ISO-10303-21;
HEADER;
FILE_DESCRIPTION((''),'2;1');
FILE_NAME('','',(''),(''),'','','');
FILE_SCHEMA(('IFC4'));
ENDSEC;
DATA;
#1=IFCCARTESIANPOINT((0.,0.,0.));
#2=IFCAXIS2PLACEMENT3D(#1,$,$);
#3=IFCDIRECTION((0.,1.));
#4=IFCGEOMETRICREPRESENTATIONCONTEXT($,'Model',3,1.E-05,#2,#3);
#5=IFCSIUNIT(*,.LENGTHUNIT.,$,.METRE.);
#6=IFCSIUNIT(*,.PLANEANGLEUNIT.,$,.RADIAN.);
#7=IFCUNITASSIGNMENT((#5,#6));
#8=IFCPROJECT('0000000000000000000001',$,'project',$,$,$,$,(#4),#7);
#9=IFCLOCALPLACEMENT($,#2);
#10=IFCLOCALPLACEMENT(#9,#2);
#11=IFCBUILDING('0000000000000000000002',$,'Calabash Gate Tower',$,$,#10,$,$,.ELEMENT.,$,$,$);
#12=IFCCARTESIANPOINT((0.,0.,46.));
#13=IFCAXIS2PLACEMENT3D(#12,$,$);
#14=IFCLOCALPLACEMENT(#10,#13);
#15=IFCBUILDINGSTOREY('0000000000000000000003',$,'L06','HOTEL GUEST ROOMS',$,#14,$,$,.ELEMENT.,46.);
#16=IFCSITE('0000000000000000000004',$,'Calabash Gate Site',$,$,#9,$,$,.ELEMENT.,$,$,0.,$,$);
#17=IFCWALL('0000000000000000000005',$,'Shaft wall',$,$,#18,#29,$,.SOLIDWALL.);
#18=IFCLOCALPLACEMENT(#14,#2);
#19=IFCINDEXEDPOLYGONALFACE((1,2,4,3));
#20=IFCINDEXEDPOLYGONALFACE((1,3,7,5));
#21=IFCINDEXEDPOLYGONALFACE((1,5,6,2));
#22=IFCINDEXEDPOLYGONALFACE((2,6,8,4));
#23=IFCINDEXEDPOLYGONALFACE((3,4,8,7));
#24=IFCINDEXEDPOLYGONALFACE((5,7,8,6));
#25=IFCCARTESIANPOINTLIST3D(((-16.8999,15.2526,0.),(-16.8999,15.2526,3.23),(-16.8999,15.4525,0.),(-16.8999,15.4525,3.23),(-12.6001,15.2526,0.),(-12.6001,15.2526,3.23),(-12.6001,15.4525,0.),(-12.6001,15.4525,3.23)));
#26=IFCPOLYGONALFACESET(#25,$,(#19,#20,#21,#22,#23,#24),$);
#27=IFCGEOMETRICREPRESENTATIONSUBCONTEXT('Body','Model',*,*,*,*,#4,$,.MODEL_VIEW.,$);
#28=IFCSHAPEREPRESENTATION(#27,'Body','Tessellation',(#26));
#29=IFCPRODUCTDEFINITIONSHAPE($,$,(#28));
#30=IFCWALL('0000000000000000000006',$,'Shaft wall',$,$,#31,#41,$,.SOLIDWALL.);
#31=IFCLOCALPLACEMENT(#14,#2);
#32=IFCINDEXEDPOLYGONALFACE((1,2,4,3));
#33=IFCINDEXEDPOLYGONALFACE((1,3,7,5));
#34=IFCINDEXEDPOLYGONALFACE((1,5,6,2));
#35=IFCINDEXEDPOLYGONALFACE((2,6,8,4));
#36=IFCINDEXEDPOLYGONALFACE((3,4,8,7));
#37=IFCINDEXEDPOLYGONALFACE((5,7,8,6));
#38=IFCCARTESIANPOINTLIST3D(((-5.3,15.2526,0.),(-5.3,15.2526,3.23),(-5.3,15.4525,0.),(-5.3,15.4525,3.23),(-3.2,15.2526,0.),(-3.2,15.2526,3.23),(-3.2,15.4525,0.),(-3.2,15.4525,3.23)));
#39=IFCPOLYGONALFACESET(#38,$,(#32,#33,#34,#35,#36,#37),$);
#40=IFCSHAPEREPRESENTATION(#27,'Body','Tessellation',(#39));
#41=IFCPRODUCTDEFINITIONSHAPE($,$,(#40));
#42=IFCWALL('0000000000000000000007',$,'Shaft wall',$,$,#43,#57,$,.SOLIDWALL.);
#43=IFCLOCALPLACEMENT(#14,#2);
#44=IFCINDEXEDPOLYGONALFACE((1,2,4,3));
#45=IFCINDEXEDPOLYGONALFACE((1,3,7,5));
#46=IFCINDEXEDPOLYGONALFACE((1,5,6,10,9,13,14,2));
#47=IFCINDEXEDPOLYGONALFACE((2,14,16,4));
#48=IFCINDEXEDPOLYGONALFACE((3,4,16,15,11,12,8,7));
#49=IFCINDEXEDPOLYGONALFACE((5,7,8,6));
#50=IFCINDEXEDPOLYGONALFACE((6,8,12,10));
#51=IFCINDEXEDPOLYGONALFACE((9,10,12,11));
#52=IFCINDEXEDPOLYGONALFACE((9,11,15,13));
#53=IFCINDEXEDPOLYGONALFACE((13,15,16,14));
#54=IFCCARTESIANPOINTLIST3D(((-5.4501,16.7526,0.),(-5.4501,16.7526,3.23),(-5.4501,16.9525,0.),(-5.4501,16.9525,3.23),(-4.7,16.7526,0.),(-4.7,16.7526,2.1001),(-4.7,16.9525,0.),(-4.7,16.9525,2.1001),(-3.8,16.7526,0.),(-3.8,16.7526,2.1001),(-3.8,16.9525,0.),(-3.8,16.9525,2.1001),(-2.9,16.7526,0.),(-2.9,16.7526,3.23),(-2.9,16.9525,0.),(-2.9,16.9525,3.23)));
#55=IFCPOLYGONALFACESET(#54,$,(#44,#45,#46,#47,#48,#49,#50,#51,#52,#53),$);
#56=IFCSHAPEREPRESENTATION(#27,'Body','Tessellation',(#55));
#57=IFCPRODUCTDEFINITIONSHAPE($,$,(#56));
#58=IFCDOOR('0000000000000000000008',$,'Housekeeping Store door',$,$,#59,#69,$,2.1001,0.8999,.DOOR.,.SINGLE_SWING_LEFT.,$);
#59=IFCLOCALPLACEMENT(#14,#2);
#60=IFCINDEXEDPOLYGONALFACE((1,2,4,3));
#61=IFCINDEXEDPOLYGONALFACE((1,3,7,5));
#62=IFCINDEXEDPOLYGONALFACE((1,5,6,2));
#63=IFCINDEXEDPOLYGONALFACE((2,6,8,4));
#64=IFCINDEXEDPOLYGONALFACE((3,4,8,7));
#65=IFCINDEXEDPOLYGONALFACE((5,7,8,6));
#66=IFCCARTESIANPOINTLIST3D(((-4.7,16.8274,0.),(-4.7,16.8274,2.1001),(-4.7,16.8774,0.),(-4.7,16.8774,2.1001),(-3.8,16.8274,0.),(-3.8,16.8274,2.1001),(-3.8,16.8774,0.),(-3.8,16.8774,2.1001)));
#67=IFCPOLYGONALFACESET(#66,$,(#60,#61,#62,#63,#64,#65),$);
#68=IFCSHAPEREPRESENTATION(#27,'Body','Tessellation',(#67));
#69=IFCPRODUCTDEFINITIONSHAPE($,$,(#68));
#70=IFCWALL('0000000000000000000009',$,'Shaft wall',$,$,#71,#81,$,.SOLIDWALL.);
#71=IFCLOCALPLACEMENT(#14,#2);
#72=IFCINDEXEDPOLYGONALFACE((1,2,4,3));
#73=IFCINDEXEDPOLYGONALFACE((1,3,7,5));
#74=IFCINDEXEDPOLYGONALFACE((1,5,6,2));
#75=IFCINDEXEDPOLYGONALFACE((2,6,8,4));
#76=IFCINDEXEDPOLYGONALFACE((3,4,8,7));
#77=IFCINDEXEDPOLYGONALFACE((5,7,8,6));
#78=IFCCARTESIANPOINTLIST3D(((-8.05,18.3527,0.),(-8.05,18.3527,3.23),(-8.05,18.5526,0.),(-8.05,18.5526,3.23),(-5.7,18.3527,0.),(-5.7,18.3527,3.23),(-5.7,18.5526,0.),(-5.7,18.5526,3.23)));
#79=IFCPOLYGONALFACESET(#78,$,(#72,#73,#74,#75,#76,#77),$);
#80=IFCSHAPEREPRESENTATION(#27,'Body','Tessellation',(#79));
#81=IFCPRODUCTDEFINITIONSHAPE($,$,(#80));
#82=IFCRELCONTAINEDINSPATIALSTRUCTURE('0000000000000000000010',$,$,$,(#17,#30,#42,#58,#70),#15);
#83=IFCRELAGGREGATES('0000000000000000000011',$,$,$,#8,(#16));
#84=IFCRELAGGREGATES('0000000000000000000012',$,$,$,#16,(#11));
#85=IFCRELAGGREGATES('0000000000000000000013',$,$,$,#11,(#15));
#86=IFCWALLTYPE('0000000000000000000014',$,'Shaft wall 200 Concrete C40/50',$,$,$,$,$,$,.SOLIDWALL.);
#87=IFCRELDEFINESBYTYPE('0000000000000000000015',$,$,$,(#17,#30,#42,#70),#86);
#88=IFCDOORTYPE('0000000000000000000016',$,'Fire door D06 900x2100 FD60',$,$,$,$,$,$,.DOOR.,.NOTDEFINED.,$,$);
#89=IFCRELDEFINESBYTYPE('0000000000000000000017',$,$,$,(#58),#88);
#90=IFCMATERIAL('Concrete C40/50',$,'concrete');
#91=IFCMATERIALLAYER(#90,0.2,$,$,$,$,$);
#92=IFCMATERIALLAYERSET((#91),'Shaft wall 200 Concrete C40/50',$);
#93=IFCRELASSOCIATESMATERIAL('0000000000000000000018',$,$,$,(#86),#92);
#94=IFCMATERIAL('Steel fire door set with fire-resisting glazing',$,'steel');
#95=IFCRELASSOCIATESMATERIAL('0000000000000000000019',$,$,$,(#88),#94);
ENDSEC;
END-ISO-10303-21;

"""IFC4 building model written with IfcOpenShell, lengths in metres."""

from ifc_helpers import new_model, si_unit, direction, frame, frame_2d, origin, place, context, subcontext, project, spatial, rectangle, extrude, material, layer, layer_set, type_object, element, fill, save


model = new_model("IFC4")

# Units and contexts
model_context = context("Model", 3, precision=1e-05, world=origin(), true_north=direction((0.0, 1.0)))
body_context = subcontext(model_context, "Body", "Model", "MODEL_VIEW")
ifc_project = project(units=[si_unit("LENGTHUNIT", "METRE"), si_unit("PLANEANGLEUNIT", "RADIAN")], contexts=[model_context])

# Site, building, storey
site_placement = place(None, origin())
site = spatial("IfcSite", under=ifc_project, at=site_placement, Name="Calabash Gate Site", CompositionType="ELEMENT", RefElevation=0.0)
building_placement = place(site_placement, origin())
building = spatial("IfcBuilding", under=site, at=building_placement, Name="Calabash Gate Tower", CompositionType="ELEMENT")
storey_placement = place(building_placement, frame((0.0, 0.0, 46.0)))
storey = spatial("IfcBuildingStorey", under=building, at=storey_placement, Name="L06", Description="HOTEL GUEST ROOMS", CompositionType="ELEMENT", Elevation=46.0)

# Shared definitions
ifc_material_1 = material(Name="Concrete C40/50", Category="concrete")
ifc_layer_1 = layer(ifc_material_1, 0.2)
ifc_layer_set_1 = layer_set([ifc_layer_1], Name="Shaft wall 200 Concrete C40/50")
wall_type_1 = type_object("IfcWallType", Name="Shaft wall 200 Concrete C40/50", PredefinedType="SOLIDWALL", material=ifc_layer_set_1)

# Shared definitions
ifc_material_2 = material(Name="Steel fire door set with fire-resisting glazing", Category="steel")
door_type_1 = type_object("IfcDoorType", Name="Fire door D06 900x2100 FD60", OperationType="NOTDEFINED", PredefinedType="DOOR", material=ifc_material_2)

# Walls
for number, where, z_axis, x_axis, name in (
    (1, (-16.8999, 15.3525, 0.0), (0.0, 0.0, 1.0), (1.0, 0.0, 0.0), "Shaft wall"),
):
    element("IfcWall", number, at=place(storey_placement, frame(where, z_axis=z_axis, x_axis=x_axis)), inside=storey, type_object=wall_type_1, Name=name, PredefinedType="SOLIDWALL", context=body_context, shape_type="SweptSolid", body=[
        extrude(rectangle(XDim=4.2998, YDim=0.2, at=frame_2d((2.1499, 0.0))), origin(), (0.0, 0.0, 1.0), 3.23),
    ])
wall_1_placement = place(storey_placement, frame((-5.3, 15.3525, 0.0), z_axis=(0.0, 0.0, 1.0), x_axis=(1.0, 0.0, 0.0)))
element("IfcWall", 2, at=wall_1_placement, inside=storey, type_object=wall_type_1, Name="Shaft wall", PredefinedType="SOLIDWALL", context=body_context, shape_type="SweptSolid", body=[
    extrude(rectangle(XDim=2.1001, YDim=0.2, at=frame_2d((1.05, 0.0))), origin(), (0.0, 0.0, 1.0), 3.23),
])

# Wall, opening, door
wall_2_placement = place(storey_placement, frame((-5.45, 16.8525, 0.0), z_axis=(0.0, 0.0, 1.0), x_axis=(1.0, 0.0, 0.0)))
wall_2 = element("IfcWall", 3, at=wall_2_placement, inside=storey, type_object=wall_type_1, Name="Shaft wall", PredefinedType="SOLIDWALL", context=body_context, shape_type="SweptSolid", body=[
    extrude(rectangle(XDim=2.55, YDim=0.2, at=frame_2d((1.2749, 0.0))), origin(), (0.0, 0.0, 1.0), 3.23),
])
opening_1_placement = place(wall_2_placement, frame((0.75, 0.0, 0.0)))
opening_1 = element("IfcOpeningElement", 4, at=opening_1_placement, cuts=wall_2, PredefinedType="OPENING", context=body_context, shape_type="SweptSolid", body=[
    extrude(rectangle(XDim=0.8999, YDim=2.1001, at=frame_2d((0.45, 1.05))), frame((0.0, 0.1099, 0.0), z_axis=(0.0, -1.0, 0.0), x_axis=(1.0, 0.0, 0.0)), (0.0, 0.0, 1.0), 0.22),
])
door_1_placement = place(opening_1_placement, origin())
door_1 = element("IfcDoor", 5, at=door_1_placement, inside=storey, type_object=door_type_1, Name="Housekeeping Store door", OperationType="SINGLE_SWING_LEFT", OverallHeight=2.1001, OverallWidth=0.8999, PredefinedType="DOOR", context=body_context, shape_type="SweptSolid", body=[
    extrude(rectangle(XDim=0.8999, YDim=2.1001, at=frame_2d((0.45, 1.05))), frame((0.0, 0.0249, 0.0), z_axis=(0.0, -1.0, 0.0), x_axis=(1.0, 0.0, 0.0)), (0.0, 0.0, 1.0), 0.05),
])
fill(opening_1, door_1)

# Wall
wall_3_placement = place(storey_placement, frame((-8.05, 18.4526, 0.0), z_axis=(0.0, 0.0, 1.0), x_axis=(1.0, 0.0, 0.0)))
element("IfcWall", 6, at=wall_3_placement, inside=storey, type_object=wall_type_1, Name="Shaft wall", PredefinedType="SOLIDWALL", context=body_context, shape_type="SweptSolid", body=[
    extrude(rectangle(XDim=2.3501, YDim=0.2, at=frame_2d((1.175, 0.0))), origin(), (0.0, 0.0, 1.0), 3.23),
])

save(model, "model.ifc")
